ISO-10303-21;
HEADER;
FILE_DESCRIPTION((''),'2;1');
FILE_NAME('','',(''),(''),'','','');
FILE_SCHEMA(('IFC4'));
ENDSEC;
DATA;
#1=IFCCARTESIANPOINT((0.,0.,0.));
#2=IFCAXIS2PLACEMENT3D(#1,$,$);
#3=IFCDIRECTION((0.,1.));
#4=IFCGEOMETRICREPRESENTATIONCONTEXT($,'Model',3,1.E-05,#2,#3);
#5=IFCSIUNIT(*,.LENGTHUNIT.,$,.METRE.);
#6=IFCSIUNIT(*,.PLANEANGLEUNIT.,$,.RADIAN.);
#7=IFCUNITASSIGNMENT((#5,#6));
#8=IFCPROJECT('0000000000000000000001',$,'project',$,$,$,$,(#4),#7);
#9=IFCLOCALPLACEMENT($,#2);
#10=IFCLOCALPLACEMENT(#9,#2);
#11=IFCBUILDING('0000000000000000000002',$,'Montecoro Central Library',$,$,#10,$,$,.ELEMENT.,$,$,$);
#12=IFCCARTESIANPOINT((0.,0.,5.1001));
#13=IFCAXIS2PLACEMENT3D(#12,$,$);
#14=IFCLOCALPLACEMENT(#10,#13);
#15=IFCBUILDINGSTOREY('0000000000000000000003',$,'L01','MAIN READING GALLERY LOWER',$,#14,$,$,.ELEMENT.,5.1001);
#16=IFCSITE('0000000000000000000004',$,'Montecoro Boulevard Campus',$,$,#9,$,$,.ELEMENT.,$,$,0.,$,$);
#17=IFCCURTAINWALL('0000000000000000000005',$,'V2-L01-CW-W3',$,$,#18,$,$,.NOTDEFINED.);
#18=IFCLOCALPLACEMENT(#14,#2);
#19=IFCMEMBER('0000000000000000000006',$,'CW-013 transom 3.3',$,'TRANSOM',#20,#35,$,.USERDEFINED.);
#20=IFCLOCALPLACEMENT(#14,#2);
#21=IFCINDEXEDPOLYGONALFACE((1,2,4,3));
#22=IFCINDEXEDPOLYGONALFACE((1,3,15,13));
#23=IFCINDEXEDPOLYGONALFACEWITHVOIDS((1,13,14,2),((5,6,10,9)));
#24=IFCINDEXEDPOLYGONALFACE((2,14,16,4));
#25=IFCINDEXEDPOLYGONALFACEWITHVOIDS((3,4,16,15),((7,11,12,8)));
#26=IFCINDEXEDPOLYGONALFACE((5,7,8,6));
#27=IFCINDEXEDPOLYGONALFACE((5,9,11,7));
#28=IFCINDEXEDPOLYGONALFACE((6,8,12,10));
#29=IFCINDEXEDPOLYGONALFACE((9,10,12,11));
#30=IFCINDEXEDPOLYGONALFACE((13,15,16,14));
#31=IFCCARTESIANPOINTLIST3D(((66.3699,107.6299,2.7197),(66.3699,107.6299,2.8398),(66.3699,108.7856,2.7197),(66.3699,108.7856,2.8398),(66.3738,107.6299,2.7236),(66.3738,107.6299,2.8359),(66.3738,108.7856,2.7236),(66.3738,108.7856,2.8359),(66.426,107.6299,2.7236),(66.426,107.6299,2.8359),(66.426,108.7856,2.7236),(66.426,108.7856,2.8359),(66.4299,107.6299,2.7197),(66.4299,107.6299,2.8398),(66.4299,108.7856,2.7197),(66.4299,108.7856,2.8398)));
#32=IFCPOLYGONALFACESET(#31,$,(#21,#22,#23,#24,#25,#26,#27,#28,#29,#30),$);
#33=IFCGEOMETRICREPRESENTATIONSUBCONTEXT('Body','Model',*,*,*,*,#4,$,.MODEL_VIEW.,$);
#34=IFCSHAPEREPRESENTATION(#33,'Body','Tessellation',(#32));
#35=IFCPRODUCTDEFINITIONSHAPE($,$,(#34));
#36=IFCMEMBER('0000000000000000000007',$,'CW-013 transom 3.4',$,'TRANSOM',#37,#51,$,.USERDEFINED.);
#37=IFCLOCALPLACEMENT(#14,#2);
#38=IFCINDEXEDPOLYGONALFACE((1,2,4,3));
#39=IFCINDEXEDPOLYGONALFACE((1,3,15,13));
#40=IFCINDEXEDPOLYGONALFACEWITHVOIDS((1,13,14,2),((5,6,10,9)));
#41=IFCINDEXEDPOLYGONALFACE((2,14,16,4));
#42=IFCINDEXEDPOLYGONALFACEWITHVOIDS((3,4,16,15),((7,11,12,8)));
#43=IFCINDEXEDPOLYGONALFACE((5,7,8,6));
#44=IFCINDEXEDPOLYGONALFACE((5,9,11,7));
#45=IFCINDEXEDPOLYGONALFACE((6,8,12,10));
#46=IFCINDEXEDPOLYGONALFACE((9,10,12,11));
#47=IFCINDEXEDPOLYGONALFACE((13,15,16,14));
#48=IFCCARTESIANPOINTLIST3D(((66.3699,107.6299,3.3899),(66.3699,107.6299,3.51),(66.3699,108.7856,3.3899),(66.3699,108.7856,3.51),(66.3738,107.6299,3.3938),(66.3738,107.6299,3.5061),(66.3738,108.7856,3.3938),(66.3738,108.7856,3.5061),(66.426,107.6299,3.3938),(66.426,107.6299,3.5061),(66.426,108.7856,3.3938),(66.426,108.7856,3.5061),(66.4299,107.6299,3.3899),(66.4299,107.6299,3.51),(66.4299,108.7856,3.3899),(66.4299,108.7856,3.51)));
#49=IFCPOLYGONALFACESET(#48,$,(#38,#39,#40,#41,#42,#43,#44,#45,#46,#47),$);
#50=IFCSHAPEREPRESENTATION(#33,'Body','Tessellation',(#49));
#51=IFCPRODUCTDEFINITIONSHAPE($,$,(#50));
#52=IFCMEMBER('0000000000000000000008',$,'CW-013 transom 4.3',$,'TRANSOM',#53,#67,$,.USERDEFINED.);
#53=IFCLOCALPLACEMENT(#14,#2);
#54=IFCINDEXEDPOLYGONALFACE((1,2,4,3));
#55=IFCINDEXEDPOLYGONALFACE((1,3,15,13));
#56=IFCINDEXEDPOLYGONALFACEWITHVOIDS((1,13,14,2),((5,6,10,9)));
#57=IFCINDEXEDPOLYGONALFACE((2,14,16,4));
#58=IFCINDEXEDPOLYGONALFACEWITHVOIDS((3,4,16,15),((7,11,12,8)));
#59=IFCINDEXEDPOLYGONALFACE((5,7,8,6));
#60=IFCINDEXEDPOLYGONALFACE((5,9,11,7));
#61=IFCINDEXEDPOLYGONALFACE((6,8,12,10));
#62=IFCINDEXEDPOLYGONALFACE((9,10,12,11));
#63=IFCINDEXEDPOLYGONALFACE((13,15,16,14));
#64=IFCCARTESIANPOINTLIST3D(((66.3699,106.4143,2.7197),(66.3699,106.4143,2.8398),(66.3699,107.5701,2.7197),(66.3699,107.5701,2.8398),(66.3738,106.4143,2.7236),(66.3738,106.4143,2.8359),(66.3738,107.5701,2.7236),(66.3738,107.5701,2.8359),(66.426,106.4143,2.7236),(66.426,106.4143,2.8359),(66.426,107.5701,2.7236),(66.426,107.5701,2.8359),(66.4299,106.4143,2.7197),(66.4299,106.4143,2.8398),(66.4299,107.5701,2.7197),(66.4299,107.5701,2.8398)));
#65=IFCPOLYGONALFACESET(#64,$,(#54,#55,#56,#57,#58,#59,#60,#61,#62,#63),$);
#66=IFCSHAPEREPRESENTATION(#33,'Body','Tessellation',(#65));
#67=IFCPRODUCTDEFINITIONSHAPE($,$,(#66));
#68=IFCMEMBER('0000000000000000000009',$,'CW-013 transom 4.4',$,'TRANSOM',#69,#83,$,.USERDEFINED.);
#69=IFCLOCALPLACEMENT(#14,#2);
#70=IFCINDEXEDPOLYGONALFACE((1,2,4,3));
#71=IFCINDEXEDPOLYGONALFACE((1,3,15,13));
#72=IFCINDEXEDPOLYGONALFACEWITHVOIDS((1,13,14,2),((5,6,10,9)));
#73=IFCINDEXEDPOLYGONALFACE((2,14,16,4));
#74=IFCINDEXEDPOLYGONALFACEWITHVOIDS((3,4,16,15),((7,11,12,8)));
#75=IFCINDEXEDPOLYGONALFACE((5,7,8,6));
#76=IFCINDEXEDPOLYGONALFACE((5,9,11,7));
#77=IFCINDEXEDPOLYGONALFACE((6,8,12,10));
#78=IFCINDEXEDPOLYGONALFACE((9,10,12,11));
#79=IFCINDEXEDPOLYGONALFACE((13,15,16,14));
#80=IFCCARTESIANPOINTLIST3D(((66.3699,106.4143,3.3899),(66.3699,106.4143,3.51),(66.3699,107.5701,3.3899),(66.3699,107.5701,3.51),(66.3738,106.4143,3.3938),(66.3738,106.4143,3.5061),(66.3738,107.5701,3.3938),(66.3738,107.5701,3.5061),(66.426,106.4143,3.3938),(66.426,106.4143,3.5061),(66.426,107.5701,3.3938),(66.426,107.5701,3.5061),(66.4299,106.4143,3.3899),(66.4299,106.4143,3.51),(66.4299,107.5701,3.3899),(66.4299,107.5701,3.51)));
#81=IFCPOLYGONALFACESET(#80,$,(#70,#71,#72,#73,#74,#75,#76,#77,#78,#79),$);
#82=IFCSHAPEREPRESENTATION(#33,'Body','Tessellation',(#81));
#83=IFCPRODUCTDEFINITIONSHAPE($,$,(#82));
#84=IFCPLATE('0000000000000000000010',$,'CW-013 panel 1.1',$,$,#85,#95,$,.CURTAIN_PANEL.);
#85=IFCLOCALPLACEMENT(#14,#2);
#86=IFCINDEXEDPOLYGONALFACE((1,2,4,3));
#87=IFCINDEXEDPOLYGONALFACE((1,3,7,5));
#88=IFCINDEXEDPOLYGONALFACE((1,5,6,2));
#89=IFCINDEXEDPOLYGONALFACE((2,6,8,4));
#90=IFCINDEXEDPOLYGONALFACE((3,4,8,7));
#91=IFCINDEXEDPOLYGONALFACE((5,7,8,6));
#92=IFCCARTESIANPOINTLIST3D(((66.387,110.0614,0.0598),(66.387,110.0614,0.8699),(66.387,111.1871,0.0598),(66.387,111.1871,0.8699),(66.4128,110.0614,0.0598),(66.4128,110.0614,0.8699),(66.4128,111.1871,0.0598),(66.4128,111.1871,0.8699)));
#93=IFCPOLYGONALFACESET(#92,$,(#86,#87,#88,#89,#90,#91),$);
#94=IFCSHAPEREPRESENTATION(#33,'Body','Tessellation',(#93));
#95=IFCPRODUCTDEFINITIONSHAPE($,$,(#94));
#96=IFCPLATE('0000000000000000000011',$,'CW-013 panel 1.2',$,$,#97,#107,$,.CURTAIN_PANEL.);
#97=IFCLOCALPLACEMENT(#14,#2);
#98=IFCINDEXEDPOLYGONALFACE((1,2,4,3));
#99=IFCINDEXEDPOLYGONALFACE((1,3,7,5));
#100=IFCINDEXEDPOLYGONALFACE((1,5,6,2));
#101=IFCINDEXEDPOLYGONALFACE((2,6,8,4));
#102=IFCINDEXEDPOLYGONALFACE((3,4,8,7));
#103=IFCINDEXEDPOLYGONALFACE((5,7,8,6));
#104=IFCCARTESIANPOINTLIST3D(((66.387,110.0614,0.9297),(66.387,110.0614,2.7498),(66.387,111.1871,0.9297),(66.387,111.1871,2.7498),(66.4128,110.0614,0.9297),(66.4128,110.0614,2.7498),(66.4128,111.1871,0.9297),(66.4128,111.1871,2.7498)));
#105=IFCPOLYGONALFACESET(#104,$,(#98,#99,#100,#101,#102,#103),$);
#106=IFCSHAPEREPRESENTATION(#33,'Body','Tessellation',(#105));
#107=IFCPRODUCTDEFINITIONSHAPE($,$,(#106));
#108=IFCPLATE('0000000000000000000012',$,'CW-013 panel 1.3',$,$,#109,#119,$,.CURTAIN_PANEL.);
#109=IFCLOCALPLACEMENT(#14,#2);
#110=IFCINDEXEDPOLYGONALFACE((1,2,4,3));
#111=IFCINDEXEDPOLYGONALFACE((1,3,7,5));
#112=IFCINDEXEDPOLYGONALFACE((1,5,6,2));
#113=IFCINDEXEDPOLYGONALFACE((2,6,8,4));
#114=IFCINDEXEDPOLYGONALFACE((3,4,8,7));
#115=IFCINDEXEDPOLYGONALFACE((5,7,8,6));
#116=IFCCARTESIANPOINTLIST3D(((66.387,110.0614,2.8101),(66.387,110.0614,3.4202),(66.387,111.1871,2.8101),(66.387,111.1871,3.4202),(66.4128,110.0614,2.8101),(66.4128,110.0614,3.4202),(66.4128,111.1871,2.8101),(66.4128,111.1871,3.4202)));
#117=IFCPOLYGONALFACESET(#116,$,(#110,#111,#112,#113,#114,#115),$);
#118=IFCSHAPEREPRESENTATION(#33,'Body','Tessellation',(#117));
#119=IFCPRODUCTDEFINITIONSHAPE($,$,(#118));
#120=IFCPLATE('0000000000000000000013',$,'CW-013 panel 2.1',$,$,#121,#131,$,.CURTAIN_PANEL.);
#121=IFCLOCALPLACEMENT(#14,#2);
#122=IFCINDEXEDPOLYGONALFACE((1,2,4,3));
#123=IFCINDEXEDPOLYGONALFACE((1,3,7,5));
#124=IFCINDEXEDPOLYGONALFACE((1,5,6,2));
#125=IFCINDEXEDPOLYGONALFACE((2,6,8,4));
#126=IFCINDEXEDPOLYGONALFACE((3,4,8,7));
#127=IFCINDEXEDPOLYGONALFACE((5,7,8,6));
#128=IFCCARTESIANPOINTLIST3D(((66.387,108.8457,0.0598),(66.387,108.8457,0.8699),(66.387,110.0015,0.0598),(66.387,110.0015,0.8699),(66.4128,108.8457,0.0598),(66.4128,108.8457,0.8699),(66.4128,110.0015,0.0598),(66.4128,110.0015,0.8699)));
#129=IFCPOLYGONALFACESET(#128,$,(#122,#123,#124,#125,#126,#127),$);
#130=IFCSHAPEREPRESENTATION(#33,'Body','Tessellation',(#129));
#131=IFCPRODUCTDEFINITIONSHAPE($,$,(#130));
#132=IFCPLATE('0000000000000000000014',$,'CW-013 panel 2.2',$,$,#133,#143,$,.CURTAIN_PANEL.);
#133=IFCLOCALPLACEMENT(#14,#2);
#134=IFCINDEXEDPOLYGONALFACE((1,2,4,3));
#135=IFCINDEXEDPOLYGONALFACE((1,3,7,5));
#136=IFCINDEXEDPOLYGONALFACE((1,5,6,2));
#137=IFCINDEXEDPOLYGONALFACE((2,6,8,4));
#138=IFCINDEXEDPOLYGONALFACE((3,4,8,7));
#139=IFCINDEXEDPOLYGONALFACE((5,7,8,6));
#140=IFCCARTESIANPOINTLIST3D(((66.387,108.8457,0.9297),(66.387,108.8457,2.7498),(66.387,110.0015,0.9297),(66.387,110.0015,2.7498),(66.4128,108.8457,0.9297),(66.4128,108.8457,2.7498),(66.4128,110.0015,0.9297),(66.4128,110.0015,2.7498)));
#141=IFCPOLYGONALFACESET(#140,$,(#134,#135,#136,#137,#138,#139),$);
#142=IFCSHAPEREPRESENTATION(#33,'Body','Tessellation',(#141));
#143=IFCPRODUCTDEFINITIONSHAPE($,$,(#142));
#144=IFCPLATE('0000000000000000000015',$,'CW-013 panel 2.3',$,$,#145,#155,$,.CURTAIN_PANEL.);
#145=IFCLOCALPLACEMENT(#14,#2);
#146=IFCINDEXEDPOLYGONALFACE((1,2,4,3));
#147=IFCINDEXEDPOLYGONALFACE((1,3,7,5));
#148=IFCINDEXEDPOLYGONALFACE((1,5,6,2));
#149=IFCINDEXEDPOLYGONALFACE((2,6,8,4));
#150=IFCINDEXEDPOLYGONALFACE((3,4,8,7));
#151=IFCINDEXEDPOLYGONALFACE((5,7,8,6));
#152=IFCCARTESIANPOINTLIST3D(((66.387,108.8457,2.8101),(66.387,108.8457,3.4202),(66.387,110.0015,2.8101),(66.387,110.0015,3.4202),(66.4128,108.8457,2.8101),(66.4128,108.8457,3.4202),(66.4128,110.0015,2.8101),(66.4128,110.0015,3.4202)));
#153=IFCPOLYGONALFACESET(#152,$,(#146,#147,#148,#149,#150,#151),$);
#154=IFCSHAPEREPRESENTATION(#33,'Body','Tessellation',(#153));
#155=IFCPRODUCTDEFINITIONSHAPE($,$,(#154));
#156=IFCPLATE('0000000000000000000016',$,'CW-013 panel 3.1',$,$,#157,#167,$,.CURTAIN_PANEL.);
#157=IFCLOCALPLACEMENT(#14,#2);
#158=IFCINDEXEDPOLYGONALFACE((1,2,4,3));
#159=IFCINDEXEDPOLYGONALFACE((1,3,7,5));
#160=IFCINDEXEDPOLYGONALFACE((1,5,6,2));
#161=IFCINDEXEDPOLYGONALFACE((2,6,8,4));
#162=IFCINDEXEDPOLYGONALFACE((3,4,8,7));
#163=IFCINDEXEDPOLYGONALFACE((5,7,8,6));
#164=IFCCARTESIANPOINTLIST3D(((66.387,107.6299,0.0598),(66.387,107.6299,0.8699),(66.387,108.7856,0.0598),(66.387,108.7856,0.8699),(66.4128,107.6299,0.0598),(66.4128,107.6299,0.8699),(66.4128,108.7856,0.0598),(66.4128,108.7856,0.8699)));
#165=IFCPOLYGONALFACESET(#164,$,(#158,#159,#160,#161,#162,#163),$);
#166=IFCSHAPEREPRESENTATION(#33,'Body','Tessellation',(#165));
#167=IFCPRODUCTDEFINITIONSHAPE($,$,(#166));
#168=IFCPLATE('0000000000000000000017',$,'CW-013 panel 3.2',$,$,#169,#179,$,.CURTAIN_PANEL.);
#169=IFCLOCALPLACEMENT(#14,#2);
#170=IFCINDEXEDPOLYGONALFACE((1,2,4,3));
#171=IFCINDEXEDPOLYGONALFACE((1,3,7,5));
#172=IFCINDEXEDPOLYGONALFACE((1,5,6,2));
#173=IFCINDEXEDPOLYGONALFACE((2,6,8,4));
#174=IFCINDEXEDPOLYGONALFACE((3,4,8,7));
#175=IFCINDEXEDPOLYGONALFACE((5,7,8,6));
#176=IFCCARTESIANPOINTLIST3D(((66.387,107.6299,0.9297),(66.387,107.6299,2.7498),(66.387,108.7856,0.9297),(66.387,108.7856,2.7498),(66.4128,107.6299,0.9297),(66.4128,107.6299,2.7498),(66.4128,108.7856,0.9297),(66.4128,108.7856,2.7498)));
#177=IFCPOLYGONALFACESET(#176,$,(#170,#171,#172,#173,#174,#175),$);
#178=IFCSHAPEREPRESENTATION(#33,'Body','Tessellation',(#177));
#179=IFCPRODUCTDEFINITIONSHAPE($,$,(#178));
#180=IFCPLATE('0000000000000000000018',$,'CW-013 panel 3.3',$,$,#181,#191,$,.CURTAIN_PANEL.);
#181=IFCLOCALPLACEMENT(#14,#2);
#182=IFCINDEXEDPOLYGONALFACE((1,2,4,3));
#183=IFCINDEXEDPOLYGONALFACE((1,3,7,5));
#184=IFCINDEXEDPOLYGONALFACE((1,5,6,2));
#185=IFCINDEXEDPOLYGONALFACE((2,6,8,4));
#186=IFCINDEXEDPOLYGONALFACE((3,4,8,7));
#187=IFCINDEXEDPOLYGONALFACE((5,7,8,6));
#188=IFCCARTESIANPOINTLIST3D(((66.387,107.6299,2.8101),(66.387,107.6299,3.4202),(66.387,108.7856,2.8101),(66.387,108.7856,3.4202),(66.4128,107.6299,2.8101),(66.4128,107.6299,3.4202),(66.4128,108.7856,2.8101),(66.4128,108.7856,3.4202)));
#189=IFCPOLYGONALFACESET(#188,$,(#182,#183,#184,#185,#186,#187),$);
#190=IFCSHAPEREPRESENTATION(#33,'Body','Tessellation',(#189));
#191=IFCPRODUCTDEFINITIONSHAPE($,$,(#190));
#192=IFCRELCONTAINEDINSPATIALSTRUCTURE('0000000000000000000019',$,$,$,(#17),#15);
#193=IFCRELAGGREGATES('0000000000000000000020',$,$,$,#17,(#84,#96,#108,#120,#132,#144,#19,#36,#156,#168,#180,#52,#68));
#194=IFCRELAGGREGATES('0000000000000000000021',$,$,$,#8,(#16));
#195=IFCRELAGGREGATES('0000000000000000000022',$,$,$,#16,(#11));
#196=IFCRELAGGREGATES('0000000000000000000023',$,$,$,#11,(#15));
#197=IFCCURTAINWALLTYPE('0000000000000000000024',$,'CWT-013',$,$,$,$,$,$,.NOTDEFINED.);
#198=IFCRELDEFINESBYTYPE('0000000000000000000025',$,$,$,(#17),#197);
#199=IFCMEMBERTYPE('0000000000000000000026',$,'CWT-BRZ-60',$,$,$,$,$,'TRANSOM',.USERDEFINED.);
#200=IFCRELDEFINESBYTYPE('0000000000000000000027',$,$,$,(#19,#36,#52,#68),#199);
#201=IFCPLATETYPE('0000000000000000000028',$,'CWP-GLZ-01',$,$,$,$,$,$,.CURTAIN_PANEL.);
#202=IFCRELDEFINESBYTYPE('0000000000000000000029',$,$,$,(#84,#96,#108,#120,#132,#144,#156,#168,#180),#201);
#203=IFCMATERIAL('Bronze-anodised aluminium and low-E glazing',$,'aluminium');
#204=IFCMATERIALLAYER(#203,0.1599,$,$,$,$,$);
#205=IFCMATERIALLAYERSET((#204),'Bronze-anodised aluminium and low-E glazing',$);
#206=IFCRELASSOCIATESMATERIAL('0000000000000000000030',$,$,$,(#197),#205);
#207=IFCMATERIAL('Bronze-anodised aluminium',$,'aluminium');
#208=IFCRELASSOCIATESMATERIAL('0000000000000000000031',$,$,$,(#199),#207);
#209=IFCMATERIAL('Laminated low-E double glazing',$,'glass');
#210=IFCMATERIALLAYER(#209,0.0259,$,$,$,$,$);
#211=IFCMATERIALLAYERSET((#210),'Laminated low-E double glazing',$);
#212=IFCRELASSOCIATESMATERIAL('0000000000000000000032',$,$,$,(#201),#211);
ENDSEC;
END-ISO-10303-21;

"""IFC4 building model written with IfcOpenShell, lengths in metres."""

from ifc_helpers import new_model, si_unit, direction, frame, origin, origin_2d, place, context, subcontext, project, spatial, rectangle, hollow_rectangle, extrude, material, layer, layer_set, material_profile, profile_set, type_object, element, aggregate, save


model = new_model("IFC4")

# Units and contexts
model_context = context("Model", 3, precision=1e-05, world=origin(), true_north=direction((0.0, 1.0)))
body_context = subcontext(model_context, "Body", "Model", "MODEL_VIEW")
ifc_project = project(units=[si_unit("LENGTHUNIT", "METRE"), si_unit("PLANEANGLEUNIT", "RADIAN")], contexts=[model_context])

# Site, building, storey
site_placement = place(None, origin())
site = spatial("IfcSite", under=ifc_project, at=site_placement, Name="Montecoro Boulevard Campus", CompositionType="ELEMENT", RefElevation=0.0)
building_placement = place(site_placement, origin())
building = spatial("IfcBuilding", under=site, at=building_placement, Name="Montecoro Central Library", CompositionType="ELEMENT")
storey_placement = place(building_placement, frame((0.0, 0.0, 5.1001)))
storey = spatial("IfcBuildingStorey", under=building, at=storey_placement, Name="L01", Description="MAIN READING GALLERY LOWER", CompositionType="ELEMENT", Elevation=5.1001)

# Curtain wall, members, plates
ifc_material_1 = material(Name="Bronze-anodised aluminium and low-E glazing", Category="aluminium")
ifc_layer_1 = layer(ifc_material_1, 0.1599)
ifc_layer_set_1 = layer_set([ifc_layer_1], Name="Bronze-anodised aluminium and low-E glazing")
curtain_wall_type = type_object("IfcCurtainWallType", Name="CWT-013", PredefinedType="NOTDEFINED", material=ifc_layer_set_1)
curtain_wall_placement = place(storey_placement, origin())
curtain_wall = element("IfcCurtainWall", 1, at=curtain_wall_placement, inside=storey, type_object=curtain_wall_type, Name="V2-L01-CW-W3", PredefinedType="NOTDEFINED")
ifc_material_2 = material(Name="Bronze-anodised aluminium", Category="aluminium")
ifc_material_profile_1 = material_profile(ifc_material_2, hollow_rectangle(XDim=0.0601, YDim=0.1201, WallThickness=0.0039, at=origin_2d()), Name="CWT 120x60x4.0")
ifc_profile_set_1 = profile_set([ifc_material_profile_1], Name="Bronze-anodised aluminium")
member_type_1 = type_object("IfcMemberType", Name="CWT-BRZ-60", ElementType="TRANSOM", PredefinedType="USERDEFINED", material=ifc_profile_set_1)
member_1_placement = place(storey_placement, frame((66.3999, 108.7856, 2.7798), z_axis=(0.0, -1.0, 0.0), x_axis=(1.0, 0.0, 0.0)))
member_1 = element("IfcMember", 2, at=member_1_placement, type_object=member_type_1, Name="CW-013 transom 3.3", ObjectType="TRANSOM", PredefinedType="USERDEFINED", context=body_context, shape_type="SweptSolid", body=[
    extrude(hollow_rectangle(XDim=0.0601, YDim=0.1201, WallThickness=0.0039, at=origin_2d()), origin(), (0.0, 0.0, 1.0), 1.1558),
])
member_2_placement = place(storey_placement, frame((66.3999, 108.7856, 3.45), z_axis=(0.0, -1.0, 0.0), x_axis=(1.0, 0.0, 0.0)))
member_2 = element("IfcMember", 3, at=member_2_placement, type_object=member_type_1, Name="CW-013 transom 3.4", ObjectType="TRANSOM", PredefinedType="USERDEFINED", context=body_context, shape_type="SweptSolid", body=[
    extrude(hollow_rectangle(XDim=0.0601, YDim=0.1201, WallThickness=0.0039, at=origin_2d()), origin(), (0.0, 0.0, 1.0), 1.1558),
])
member_3_placement = place(storey_placement, frame((66.3999, 107.5701, 2.7798), z_axis=(0.0, -1.0, 0.0), x_axis=(1.0, 0.0, 0.0)))
member_3 = element("IfcMember", 4, at=member_3_placement, type_object=member_type_1, Name="CW-013 transom 4.3", ObjectType="TRANSOM", PredefinedType="USERDEFINED", context=body_context, shape_type="SweptSolid", body=[
    extrude(hollow_rectangle(XDim=0.0601, YDim=0.1201, WallThickness=0.0039, at=origin_2d()), origin(), (0.0, 0.0, 1.0), 1.1558),
])
member_4_placement = place(storey_placement, frame((66.3999, 107.5701, 3.45), z_axis=(0.0, -1.0, 0.0), x_axis=(1.0, 0.0, 0.0)))
member_4 = element("IfcMember", 5, at=member_4_placement, type_object=member_type_1, Name="CW-013 transom 4.4", ObjectType="TRANSOM", PredefinedType="USERDEFINED", context=body_context, shape_type="SweptSolid", body=[
    extrude(hollow_rectangle(XDim=0.0601, YDim=0.1201, WallThickness=0.0039, at=origin_2d()), origin(), (0.0, 0.0, 1.0), 1.1558),
])
ifc_material_3 = material(Name="Laminated low-E double glazing", Category="glass")
ifc_layer_2 = layer(ifc_material_3, 0.0259)
ifc_layer_set_2 = layer_set([ifc_layer_2], Name="Laminated low-E double glazing")
plate_type = type_object("IfcPlateType", Name="CWP-GLZ-01", PredefinedType="CURTAIN_PANEL", material=ifc_layer_set_2)
plate_1_placement = place(storey_placement, frame((66.3999, 110.6243, 0.0598), z_axis=(0.0, 0.0, 1.0), x_axis=(0.0, -1.0, 0.0)))
plate_1 = element("IfcPlate", 6, at=plate_1_placement, type_object=plate_type, Name="CW-013 panel 1.1", PredefinedType="CURTAIN_PANEL", context=body_context, shape_type="SweptSolid", body=[
    extrude(rectangle(XDim=1.1257, YDim=0.0259, at=origin_2d()), origin(), (0.0, 0.0, 1.0), 0.8101),
])
plate_2_placement = place(storey_placement, frame((66.3999, 110.6243, 0.9297), z_axis=(0.0, 0.0, 1.0), x_axis=(0.0, -1.0, 0.0)))
plate_2 = element("IfcPlate", 7, at=plate_2_placement, type_object=plate_type, Name="CW-013 panel 1.2", PredefinedType="CURTAIN_PANEL", context=body_context, shape_type="SweptSolid", body=[
    extrude(rectangle(XDim=1.1257, YDim=0.0259, at=origin_2d()), origin(), (0.0, 0.0, 1.0), 1.8201),
])
plate_3_placement = place(storey_placement, frame((66.3999, 110.6243, 2.8101), z_axis=(0.0, 0.0, 1.0), x_axis=(0.0, -1.0, 0.0)))
plate_3 = element("IfcPlate", 8, at=plate_3_placement, type_object=plate_type, Name="CW-013 panel 1.3", PredefinedType="CURTAIN_PANEL", context=body_context, shape_type="SweptSolid", body=[
    extrude(rectangle(XDim=1.1257, YDim=0.0259, at=origin_2d()), origin(), (0.0, 0.0, 1.0), 0.6101),
])
plate_4_placement = place(storey_placement, frame((66.3999, 109.4236, 0.0598), z_axis=(0.0, 0.0, 1.0), x_axis=(0.0, -1.0, 0.0)))
plate_4 = element("IfcPlate", 9, at=plate_4_placement, type_object=plate_type, Name="CW-013 panel 2.1", PredefinedType="CURTAIN_PANEL", context=body_context, shape_type="SweptSolid", body=[
    extrude(rectangle(XDim=1.1558, YDim=0.0259, at=origin_2d()), origin(), (0.0, 0.0, 1.0), 0.8101),
])
plate_5_placement = place(storey_placement, frame((66.3999, 109.4236, 0.9297), z_axis=(0.0, 0.0, 1.0), x_axis=(0.0, -1.0, 0.0)))
plate_5 = element("IfcPlate", 10, at=plate_5_placement, type_object=plate_type, Name="CW-013 panel 2.2", PredefinedType="CURTAIN_PANEL", context=body_context, shape_type="SweptSolid", body=[
    extrude(rectangle(XDim=1.1558, YDim=0.0259, at=origin_2d()), origin(), (0.0, 0.0, 1.0), 1.8201),
])
plate_6_placement = place(storey_placement, frame((66.3999, 109.4236, 2.8101), z_axis=(0.0, 0.0, 1.0), x_axis=(0.0, -1.0, 0.0)))
plate_6 = element("IfcPlate", 11, at=plate_6_placement, type_object=plate_type, Name="CW-013 panel 2.3", PredefinedType="CURTAIN_PANEL", context=body_context, shape_type="SweptSolid", body=[
    extrude(rectangle(XDim=1.1558, YDim=0.0259, at=origin_2d()), origin(), (0.0, 0.0, 1.0), 0.6101),
])
plate_7_placement = place(storey_placement, frame((66.3999, 108.2078, 0.0598), z_axis=(0.0, 0.0, 1.0), x_axis=(0.0, -1.0, 0.0)))
plate_7 = element("IfcPlate", 12, at=plate_7_placement, type_object=plate_type, Name="CW-013 panel 3.1", PredefinedType="CURTAIN_PANEL", context=body_context, shape_type="SweptSolid", body=[
    extrude(rectangle(XDim=1.1558, YDim=0.0259, at=origin_2d()), origin(), (0.0, 0.0, 1.0), 0.8101),
])
plate_8_placement = place(storey_placement, frame((66.3999, 108.2078, 0.9297), z_axis=(0.0, 0.0, 1.0), x_axis=(0.0, -1.0, 0.0)))
plate_8 = element("IfcPlate", 13, at=plate_8_placement, type_object=plate_type, Name="CW-013 panel 3.2", PredefinedType="CURTAIN_PANEL", context=body_context, shape_type="SweptSolid", body=[
    extrude(rectangle(XDim=1.1558, YDim=0.0259, at=origin_2d()), origin(), (0.0, 0.0, 1.0), 1.8201),
])
plate_9_placement = place(storey_placement, frame((66.3999, 108.2078, 2.8101), z_axis=(0.0, 0.0, 1.0), x_axis=(0.0, -1.0, 0.0)))
plate_9 = element("IfcPlate", 14, at=plate_9_placement, type_object=plate_type, Name="CW-013 panel 3.3", PredefinedType="CURTAIN_PANEL", context=body_context, shape_type="SweptSolid", body=[
    extrude(rectangle(XDim=1.1558, YDim=0.0259, at=origin_2d()), origin(), (0.0, 0.0, 1.0), 0.6101),
])
aggregate(curtain_wall, [plate_1, plate_2, plate_3, plate_4, plate_5, plate_6, member_1, member_2, plate_7, plate_8, plate_9, member_3, member_4])

save(model, "model.ifc")
